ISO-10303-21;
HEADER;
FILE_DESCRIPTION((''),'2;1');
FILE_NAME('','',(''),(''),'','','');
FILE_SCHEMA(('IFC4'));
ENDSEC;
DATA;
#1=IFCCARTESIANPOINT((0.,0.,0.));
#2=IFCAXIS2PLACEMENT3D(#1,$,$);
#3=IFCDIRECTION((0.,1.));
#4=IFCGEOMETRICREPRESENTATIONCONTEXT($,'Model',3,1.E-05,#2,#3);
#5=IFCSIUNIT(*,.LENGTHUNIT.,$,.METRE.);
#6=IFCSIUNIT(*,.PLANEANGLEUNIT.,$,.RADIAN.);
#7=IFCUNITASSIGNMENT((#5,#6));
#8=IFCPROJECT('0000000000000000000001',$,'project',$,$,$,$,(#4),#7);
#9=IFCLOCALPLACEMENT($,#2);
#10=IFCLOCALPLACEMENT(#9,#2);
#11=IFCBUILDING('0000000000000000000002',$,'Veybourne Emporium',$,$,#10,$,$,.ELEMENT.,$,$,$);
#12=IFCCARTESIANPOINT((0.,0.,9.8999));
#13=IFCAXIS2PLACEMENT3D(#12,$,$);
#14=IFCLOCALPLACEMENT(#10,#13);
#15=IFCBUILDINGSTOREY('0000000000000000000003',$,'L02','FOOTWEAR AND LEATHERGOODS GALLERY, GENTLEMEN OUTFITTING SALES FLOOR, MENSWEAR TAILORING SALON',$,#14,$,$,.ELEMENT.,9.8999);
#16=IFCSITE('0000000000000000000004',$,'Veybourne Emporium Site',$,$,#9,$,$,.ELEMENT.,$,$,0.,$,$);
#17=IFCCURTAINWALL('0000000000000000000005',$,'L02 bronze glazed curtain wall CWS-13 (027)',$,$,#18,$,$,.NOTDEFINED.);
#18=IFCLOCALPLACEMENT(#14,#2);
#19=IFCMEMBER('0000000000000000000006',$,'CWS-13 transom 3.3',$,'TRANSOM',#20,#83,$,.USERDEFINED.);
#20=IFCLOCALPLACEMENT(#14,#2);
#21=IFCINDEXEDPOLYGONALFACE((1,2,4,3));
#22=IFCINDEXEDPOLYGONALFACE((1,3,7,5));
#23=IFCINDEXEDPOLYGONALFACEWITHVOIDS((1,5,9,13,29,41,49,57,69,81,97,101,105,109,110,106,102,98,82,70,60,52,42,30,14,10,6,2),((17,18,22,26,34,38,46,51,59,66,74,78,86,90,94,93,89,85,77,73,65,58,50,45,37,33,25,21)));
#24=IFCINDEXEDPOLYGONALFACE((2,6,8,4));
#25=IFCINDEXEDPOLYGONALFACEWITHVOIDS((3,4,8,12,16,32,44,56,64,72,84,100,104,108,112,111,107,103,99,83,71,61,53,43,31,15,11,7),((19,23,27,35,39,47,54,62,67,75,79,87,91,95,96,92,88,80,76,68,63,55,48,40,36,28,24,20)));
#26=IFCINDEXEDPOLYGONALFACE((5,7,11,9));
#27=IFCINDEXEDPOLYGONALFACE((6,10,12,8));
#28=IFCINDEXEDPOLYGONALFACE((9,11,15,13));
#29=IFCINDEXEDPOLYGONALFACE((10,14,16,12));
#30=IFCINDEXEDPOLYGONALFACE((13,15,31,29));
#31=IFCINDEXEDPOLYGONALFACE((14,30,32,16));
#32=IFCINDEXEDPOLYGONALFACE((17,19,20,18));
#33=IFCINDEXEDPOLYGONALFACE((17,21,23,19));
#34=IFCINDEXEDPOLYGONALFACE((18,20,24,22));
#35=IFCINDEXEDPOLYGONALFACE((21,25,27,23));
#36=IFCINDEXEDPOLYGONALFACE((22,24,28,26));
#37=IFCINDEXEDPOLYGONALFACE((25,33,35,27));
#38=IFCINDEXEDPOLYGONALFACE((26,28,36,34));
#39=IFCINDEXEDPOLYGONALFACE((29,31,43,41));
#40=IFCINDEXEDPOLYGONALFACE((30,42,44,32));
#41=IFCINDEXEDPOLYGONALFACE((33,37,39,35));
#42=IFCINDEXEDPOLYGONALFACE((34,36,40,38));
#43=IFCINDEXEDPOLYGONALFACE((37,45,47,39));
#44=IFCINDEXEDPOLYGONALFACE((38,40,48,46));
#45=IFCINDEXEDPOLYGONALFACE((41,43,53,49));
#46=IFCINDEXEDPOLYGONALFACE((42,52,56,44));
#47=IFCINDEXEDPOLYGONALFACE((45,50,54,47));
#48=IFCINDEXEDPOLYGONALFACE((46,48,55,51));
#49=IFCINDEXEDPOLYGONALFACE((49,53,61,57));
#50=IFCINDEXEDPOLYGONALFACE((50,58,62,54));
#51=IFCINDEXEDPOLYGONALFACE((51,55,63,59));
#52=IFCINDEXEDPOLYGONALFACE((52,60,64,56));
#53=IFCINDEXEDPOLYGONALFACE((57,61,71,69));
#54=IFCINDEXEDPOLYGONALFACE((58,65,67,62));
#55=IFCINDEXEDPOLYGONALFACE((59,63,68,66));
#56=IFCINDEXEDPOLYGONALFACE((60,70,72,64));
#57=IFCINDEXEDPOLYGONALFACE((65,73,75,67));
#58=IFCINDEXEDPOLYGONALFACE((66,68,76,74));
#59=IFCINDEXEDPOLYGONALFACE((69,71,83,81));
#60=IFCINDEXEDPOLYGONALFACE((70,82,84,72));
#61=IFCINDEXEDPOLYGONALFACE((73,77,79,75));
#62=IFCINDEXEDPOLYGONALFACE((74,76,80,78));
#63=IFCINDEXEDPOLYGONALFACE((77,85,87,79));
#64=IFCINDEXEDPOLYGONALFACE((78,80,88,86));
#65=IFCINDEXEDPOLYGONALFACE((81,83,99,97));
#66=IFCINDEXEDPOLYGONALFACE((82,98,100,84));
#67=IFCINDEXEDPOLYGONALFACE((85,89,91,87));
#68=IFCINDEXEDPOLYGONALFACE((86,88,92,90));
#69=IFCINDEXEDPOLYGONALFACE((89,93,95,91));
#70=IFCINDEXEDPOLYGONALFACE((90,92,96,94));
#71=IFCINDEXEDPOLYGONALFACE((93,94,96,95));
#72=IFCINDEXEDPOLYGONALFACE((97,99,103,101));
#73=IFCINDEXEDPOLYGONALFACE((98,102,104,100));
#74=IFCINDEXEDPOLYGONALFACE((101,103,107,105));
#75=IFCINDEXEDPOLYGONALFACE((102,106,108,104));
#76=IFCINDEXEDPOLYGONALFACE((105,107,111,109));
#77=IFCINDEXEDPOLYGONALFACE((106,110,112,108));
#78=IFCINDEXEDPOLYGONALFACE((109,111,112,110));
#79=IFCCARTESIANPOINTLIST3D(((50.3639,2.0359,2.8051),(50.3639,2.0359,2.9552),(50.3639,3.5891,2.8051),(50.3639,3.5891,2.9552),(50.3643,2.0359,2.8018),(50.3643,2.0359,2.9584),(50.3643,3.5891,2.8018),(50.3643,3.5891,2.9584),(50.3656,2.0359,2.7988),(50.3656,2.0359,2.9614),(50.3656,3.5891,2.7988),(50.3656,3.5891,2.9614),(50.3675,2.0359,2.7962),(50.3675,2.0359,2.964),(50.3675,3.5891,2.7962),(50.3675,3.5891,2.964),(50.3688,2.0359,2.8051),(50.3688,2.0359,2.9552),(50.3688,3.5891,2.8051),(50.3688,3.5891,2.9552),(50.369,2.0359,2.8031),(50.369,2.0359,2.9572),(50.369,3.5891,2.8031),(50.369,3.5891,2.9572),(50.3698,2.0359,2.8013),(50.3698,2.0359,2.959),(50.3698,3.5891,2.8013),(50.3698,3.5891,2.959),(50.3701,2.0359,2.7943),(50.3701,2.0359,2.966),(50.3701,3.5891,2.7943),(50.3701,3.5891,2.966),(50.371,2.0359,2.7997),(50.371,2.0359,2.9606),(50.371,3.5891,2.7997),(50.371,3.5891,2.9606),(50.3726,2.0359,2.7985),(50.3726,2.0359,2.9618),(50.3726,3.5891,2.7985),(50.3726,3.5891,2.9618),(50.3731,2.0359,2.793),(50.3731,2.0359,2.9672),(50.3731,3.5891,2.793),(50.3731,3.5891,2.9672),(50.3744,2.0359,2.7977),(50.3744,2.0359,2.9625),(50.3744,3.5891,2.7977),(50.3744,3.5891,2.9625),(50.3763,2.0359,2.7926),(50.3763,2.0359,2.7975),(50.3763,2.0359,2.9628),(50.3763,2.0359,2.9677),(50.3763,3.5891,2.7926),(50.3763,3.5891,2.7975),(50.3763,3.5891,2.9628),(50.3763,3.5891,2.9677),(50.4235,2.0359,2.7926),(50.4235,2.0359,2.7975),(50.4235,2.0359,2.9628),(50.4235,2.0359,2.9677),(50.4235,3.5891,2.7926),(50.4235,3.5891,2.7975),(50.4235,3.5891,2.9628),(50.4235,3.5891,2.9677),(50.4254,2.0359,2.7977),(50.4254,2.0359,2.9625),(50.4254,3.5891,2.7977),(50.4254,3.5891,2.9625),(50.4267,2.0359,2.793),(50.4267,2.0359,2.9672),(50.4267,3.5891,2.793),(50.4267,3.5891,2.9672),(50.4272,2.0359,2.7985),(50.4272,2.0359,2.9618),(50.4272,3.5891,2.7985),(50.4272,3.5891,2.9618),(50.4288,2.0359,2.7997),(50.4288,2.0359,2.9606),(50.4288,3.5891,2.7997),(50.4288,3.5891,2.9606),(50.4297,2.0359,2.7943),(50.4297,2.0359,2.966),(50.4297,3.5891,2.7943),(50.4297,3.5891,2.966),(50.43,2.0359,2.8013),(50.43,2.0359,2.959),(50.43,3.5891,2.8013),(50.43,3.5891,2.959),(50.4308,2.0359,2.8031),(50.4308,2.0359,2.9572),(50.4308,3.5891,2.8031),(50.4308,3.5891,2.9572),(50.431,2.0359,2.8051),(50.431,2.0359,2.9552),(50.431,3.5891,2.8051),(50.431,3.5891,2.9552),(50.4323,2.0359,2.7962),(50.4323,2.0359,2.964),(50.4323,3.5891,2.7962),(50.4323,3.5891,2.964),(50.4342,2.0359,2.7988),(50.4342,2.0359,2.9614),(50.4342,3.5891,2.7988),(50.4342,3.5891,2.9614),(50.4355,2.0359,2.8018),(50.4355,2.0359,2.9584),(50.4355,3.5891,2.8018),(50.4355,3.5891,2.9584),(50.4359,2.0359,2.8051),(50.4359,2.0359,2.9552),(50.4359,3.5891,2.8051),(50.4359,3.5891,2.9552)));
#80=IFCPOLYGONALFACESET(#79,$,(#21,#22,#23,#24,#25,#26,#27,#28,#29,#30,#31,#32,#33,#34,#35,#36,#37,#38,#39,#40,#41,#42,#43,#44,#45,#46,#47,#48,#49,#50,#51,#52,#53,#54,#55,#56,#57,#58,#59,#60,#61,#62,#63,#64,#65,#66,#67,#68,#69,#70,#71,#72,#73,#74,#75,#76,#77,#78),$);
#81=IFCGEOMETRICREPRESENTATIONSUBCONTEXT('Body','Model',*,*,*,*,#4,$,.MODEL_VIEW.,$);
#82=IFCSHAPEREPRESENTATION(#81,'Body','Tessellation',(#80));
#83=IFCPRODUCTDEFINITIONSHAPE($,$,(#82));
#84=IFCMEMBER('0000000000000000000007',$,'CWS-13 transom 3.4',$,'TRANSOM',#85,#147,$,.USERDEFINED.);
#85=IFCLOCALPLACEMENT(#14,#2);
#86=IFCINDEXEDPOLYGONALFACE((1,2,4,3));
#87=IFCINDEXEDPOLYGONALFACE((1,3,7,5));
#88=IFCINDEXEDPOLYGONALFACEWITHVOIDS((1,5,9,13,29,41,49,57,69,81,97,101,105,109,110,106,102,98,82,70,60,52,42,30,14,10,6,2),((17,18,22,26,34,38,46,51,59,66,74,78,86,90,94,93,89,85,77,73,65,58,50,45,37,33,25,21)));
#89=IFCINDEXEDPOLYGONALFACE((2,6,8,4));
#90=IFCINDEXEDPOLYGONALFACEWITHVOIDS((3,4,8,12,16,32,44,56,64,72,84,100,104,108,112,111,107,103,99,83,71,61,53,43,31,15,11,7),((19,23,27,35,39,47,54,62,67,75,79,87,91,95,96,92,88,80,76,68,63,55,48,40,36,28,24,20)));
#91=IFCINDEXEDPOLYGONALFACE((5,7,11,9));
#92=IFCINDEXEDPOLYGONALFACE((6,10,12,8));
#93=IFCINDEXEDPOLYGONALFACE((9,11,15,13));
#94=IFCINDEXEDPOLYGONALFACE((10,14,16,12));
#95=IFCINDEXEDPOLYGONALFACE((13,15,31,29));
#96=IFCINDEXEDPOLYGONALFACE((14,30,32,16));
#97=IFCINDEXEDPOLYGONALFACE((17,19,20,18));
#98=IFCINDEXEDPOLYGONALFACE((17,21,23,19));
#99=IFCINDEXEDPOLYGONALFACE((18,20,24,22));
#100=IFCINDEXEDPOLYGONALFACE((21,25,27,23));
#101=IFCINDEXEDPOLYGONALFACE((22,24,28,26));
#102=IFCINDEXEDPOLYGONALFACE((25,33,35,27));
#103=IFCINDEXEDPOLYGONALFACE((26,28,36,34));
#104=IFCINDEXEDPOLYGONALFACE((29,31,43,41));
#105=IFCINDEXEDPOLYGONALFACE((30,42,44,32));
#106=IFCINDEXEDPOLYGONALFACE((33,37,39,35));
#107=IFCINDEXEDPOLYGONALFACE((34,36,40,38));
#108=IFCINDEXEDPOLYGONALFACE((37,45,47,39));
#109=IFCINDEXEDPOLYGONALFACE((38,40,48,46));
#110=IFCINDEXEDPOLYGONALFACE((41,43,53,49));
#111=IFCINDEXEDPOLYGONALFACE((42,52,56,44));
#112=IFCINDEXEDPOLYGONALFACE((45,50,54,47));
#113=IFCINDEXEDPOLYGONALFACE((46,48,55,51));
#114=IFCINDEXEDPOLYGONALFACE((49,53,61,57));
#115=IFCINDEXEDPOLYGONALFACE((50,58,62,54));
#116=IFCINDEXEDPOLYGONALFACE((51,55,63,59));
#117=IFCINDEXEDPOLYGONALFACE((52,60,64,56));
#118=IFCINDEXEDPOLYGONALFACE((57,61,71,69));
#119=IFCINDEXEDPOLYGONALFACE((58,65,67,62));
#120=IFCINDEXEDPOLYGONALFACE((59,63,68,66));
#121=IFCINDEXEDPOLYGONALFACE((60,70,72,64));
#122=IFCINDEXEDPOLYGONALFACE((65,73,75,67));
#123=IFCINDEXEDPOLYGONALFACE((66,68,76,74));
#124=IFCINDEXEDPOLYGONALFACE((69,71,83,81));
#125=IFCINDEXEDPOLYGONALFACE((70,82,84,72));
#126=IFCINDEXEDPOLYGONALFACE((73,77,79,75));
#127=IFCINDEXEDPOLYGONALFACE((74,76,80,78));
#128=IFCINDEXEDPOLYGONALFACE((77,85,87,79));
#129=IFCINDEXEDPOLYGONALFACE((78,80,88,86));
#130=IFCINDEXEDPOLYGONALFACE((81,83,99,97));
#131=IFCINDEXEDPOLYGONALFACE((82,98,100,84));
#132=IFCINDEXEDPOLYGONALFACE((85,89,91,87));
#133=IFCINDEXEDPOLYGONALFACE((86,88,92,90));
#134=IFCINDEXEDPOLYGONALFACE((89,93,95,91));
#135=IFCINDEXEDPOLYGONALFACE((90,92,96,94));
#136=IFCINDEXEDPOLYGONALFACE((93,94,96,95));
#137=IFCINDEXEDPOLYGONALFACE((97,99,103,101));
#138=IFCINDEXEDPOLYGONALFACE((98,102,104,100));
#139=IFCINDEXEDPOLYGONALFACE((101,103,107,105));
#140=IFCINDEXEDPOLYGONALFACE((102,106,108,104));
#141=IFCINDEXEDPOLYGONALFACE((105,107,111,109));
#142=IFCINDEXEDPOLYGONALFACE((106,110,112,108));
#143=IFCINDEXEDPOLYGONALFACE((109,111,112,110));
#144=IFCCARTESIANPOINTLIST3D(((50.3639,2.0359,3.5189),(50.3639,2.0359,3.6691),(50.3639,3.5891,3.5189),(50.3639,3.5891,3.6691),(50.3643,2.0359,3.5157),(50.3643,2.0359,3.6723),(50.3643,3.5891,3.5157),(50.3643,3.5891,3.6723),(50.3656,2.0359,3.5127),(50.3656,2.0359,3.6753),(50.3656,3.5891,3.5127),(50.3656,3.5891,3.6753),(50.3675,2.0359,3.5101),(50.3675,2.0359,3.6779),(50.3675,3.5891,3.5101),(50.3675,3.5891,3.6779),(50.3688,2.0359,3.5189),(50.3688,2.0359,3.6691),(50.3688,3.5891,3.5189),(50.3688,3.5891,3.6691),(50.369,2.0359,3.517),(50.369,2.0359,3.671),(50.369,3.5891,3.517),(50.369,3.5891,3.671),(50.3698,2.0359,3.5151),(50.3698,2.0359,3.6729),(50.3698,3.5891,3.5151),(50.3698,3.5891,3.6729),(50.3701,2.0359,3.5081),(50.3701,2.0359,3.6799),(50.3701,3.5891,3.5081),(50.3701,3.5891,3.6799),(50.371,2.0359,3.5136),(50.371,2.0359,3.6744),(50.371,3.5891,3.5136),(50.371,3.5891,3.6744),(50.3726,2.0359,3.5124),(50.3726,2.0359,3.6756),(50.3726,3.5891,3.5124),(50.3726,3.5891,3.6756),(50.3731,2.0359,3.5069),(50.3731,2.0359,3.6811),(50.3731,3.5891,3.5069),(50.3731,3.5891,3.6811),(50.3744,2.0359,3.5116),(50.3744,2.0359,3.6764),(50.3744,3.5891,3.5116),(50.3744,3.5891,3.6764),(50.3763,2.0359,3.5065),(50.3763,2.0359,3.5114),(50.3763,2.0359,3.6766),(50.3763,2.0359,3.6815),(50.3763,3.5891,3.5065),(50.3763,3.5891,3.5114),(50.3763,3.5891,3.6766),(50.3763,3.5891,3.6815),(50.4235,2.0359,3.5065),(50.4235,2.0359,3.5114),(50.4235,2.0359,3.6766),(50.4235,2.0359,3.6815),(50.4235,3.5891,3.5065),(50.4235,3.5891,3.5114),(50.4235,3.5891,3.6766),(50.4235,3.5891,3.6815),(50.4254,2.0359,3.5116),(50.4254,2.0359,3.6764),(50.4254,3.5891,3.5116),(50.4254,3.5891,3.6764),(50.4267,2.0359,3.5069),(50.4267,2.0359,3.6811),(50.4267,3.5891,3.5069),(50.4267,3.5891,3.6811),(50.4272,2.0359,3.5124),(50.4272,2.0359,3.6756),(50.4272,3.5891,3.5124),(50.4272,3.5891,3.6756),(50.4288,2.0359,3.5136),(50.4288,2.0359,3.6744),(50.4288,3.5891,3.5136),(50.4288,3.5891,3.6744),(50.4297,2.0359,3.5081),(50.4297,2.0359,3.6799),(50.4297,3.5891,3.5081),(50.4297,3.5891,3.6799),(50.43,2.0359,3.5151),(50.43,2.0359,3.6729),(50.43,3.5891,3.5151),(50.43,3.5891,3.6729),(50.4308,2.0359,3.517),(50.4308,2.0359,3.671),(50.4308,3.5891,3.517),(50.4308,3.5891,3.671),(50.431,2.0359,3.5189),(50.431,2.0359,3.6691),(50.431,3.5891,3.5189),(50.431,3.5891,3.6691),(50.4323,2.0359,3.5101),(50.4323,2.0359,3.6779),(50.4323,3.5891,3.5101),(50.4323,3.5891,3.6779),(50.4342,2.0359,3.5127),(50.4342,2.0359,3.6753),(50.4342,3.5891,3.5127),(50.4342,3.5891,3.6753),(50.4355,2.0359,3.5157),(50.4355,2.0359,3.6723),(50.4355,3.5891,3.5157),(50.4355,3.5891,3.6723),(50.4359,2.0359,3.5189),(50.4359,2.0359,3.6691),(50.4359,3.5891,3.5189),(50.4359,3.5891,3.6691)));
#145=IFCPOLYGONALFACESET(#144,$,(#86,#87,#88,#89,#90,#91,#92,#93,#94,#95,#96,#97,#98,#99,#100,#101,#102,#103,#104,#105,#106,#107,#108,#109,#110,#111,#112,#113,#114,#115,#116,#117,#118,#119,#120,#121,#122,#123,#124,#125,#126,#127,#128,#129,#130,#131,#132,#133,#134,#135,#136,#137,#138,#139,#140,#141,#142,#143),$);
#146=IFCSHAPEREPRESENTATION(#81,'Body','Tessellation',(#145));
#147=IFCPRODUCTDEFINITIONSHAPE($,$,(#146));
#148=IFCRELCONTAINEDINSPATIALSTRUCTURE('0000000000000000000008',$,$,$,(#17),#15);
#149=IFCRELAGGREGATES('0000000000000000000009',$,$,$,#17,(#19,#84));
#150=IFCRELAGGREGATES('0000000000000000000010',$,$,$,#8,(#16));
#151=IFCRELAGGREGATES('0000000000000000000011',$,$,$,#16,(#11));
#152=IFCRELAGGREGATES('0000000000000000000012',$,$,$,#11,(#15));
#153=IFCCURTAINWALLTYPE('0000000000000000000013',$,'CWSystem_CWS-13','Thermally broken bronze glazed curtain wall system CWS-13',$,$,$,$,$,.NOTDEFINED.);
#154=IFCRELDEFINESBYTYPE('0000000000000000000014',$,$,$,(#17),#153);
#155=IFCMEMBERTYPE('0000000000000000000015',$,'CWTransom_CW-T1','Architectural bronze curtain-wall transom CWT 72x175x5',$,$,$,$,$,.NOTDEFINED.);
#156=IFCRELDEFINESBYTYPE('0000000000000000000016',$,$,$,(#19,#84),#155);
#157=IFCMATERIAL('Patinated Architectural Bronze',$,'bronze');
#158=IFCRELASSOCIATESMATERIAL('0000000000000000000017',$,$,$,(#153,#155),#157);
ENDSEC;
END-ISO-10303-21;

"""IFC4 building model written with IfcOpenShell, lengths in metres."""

from ifc_helpers import new_model, si_unit, direction, frame, origin, origin_2d, place, context, subcontext, project, spatial, hollow_rectangle, extrude, material, material_profile, profile_set, type_object, element, aggregate, save


model = new_model("IFC4")

# Units and contexts
model_context = context("Model", 3, precision=1e-05, world=origin(), true_north=direction((0.0, 1.0)))
body_context = subcontext(model_context, "Body", "Model", "MODEL_VIEW")
ifc_project = project(units=[si_unit("LENGTHUNIT", "METRE"), si_unit("PLANEANGLEUNIT", "RADIAN")], contexts=[model_context])

# Site, building, storey
site_placement = place(None, origin())
site = spatial("IfcSite", under=ifc_project, at=site_placement, Name="Veybourne Emporium Site", CompositionType="ELEMENT", RefElevation=0.0)
building_placement = place(site_placement, origin())
building = spatial("IfcBuilding", under=site, at=building_placement, Name="Veybourne Emporium", CompositionType="ELEMENT")
storey_placement = place(building_placement, frame((0.0, 0.0, 9.8999)))
storey = spatial("IfcBuildingStorey", under=building, at=storey_placement, Name="L02", Description="FOOTWEAR AND LEATHERGOODS GALLERY, GENTLEMEN OUTFITTING SALES FLOOR, MENSWEAR TAILORING SALON", CompositionType="ELEMENT", Elevation=9.8999)

# Curtain wall, members
ifc_material_1 = material(Name="Patinated Architectural Bronze", Category="bronze")
curtain_wall_type = type_object("IfcCurtainWallType", Name="CWSystem_CWS-13", Description="Thermally broken bronze glazed curtain wall system CWS-13", PredefinedType="NOTDEFINED", material=ifc_material_1)
curtain_wall_placement = place(storey_placement, origin())
curtain_wall = element("IfcCurtainWall", 1, at=curtain_wall_placement, inside=storey, type_object=curtain_wall_type, Name="L02 bronze glazed curtain wall CWS-13 (027)", PredefinedType="NOTDEFINED")
ifc_material_profile_1 = material_profile(ifc_material_1, hollow_rectangle(XDim=0.072, YDim=0.175, WallThickness=0.0049, InnerFilletRadius=0.0076, OuterFilletRadius=0.0125, at=origin_2d()), Name="CWT 72x175x5")
ifc_profile_set_1 = profile_set([ifc_material_profile_1], Name="Patinated Architectural Bronze")
member_type_1 = type_object("IfcMemberType", Name="CWTransom_CW-T1", Description="Architectural bronze curtain-wall transom CWT 72x175x5", PredefinedType="NOTDEFINED", material=ifc_profile_set_1)
member_1_placement = place(storey_placement, frame((50.3999, 3.5891, 2.8801), z_axis=(0.0, -1.0, 0.0), x_axis=(1.0, 0.0, 0.0)))
member_1 = element("IfcMember", 2, at=member_1_placement, type_object=member_type_1, Name="CWS-13 transom 3.3", ObjectType="TRANSOM", PredefinedType="USERDEFINED", context=body_context, shape_type="SweptSolid", body=[
    extrude(hollow_rectangle(XDim=0.072, YDim=0.175, WallThickness=0.0049, InnerFilletRadius=0.0076, OuterFilletRadius=0.0125, at=origin_2d()), origin(), (0.0, 0.0, 1.0), 1.5532),
])
member_2_placement = place(storey_placement, frame((50.3999, 3.5891, 3.594), z_axis=(0.0, -1.0, 0.0), x_axis=(1.0, 0.0, 0.0)))
member_2 = element("IfcMember", 3, at=member_2_placement, type_object=member_type_1, Name="CWS-13 transom 3.4", ObjectType="TRANSOM", PredefinedType="USERDEFINED", context=body_context, shape_type="SweptSolid", body=[
    extrude(hollow_rectangle(XDim=0.072, YDim=0.175, WallThickness=0.0049, InnerFilletRadius=0.0076, OuterFilletRadius=0.0125, at=origin_2d()), origin(), (0.0, 0.0, 1.0), 1.5532),
])

aggregate(curtain_wall, [member_1, member_2])

save(model, "model.ifc")
